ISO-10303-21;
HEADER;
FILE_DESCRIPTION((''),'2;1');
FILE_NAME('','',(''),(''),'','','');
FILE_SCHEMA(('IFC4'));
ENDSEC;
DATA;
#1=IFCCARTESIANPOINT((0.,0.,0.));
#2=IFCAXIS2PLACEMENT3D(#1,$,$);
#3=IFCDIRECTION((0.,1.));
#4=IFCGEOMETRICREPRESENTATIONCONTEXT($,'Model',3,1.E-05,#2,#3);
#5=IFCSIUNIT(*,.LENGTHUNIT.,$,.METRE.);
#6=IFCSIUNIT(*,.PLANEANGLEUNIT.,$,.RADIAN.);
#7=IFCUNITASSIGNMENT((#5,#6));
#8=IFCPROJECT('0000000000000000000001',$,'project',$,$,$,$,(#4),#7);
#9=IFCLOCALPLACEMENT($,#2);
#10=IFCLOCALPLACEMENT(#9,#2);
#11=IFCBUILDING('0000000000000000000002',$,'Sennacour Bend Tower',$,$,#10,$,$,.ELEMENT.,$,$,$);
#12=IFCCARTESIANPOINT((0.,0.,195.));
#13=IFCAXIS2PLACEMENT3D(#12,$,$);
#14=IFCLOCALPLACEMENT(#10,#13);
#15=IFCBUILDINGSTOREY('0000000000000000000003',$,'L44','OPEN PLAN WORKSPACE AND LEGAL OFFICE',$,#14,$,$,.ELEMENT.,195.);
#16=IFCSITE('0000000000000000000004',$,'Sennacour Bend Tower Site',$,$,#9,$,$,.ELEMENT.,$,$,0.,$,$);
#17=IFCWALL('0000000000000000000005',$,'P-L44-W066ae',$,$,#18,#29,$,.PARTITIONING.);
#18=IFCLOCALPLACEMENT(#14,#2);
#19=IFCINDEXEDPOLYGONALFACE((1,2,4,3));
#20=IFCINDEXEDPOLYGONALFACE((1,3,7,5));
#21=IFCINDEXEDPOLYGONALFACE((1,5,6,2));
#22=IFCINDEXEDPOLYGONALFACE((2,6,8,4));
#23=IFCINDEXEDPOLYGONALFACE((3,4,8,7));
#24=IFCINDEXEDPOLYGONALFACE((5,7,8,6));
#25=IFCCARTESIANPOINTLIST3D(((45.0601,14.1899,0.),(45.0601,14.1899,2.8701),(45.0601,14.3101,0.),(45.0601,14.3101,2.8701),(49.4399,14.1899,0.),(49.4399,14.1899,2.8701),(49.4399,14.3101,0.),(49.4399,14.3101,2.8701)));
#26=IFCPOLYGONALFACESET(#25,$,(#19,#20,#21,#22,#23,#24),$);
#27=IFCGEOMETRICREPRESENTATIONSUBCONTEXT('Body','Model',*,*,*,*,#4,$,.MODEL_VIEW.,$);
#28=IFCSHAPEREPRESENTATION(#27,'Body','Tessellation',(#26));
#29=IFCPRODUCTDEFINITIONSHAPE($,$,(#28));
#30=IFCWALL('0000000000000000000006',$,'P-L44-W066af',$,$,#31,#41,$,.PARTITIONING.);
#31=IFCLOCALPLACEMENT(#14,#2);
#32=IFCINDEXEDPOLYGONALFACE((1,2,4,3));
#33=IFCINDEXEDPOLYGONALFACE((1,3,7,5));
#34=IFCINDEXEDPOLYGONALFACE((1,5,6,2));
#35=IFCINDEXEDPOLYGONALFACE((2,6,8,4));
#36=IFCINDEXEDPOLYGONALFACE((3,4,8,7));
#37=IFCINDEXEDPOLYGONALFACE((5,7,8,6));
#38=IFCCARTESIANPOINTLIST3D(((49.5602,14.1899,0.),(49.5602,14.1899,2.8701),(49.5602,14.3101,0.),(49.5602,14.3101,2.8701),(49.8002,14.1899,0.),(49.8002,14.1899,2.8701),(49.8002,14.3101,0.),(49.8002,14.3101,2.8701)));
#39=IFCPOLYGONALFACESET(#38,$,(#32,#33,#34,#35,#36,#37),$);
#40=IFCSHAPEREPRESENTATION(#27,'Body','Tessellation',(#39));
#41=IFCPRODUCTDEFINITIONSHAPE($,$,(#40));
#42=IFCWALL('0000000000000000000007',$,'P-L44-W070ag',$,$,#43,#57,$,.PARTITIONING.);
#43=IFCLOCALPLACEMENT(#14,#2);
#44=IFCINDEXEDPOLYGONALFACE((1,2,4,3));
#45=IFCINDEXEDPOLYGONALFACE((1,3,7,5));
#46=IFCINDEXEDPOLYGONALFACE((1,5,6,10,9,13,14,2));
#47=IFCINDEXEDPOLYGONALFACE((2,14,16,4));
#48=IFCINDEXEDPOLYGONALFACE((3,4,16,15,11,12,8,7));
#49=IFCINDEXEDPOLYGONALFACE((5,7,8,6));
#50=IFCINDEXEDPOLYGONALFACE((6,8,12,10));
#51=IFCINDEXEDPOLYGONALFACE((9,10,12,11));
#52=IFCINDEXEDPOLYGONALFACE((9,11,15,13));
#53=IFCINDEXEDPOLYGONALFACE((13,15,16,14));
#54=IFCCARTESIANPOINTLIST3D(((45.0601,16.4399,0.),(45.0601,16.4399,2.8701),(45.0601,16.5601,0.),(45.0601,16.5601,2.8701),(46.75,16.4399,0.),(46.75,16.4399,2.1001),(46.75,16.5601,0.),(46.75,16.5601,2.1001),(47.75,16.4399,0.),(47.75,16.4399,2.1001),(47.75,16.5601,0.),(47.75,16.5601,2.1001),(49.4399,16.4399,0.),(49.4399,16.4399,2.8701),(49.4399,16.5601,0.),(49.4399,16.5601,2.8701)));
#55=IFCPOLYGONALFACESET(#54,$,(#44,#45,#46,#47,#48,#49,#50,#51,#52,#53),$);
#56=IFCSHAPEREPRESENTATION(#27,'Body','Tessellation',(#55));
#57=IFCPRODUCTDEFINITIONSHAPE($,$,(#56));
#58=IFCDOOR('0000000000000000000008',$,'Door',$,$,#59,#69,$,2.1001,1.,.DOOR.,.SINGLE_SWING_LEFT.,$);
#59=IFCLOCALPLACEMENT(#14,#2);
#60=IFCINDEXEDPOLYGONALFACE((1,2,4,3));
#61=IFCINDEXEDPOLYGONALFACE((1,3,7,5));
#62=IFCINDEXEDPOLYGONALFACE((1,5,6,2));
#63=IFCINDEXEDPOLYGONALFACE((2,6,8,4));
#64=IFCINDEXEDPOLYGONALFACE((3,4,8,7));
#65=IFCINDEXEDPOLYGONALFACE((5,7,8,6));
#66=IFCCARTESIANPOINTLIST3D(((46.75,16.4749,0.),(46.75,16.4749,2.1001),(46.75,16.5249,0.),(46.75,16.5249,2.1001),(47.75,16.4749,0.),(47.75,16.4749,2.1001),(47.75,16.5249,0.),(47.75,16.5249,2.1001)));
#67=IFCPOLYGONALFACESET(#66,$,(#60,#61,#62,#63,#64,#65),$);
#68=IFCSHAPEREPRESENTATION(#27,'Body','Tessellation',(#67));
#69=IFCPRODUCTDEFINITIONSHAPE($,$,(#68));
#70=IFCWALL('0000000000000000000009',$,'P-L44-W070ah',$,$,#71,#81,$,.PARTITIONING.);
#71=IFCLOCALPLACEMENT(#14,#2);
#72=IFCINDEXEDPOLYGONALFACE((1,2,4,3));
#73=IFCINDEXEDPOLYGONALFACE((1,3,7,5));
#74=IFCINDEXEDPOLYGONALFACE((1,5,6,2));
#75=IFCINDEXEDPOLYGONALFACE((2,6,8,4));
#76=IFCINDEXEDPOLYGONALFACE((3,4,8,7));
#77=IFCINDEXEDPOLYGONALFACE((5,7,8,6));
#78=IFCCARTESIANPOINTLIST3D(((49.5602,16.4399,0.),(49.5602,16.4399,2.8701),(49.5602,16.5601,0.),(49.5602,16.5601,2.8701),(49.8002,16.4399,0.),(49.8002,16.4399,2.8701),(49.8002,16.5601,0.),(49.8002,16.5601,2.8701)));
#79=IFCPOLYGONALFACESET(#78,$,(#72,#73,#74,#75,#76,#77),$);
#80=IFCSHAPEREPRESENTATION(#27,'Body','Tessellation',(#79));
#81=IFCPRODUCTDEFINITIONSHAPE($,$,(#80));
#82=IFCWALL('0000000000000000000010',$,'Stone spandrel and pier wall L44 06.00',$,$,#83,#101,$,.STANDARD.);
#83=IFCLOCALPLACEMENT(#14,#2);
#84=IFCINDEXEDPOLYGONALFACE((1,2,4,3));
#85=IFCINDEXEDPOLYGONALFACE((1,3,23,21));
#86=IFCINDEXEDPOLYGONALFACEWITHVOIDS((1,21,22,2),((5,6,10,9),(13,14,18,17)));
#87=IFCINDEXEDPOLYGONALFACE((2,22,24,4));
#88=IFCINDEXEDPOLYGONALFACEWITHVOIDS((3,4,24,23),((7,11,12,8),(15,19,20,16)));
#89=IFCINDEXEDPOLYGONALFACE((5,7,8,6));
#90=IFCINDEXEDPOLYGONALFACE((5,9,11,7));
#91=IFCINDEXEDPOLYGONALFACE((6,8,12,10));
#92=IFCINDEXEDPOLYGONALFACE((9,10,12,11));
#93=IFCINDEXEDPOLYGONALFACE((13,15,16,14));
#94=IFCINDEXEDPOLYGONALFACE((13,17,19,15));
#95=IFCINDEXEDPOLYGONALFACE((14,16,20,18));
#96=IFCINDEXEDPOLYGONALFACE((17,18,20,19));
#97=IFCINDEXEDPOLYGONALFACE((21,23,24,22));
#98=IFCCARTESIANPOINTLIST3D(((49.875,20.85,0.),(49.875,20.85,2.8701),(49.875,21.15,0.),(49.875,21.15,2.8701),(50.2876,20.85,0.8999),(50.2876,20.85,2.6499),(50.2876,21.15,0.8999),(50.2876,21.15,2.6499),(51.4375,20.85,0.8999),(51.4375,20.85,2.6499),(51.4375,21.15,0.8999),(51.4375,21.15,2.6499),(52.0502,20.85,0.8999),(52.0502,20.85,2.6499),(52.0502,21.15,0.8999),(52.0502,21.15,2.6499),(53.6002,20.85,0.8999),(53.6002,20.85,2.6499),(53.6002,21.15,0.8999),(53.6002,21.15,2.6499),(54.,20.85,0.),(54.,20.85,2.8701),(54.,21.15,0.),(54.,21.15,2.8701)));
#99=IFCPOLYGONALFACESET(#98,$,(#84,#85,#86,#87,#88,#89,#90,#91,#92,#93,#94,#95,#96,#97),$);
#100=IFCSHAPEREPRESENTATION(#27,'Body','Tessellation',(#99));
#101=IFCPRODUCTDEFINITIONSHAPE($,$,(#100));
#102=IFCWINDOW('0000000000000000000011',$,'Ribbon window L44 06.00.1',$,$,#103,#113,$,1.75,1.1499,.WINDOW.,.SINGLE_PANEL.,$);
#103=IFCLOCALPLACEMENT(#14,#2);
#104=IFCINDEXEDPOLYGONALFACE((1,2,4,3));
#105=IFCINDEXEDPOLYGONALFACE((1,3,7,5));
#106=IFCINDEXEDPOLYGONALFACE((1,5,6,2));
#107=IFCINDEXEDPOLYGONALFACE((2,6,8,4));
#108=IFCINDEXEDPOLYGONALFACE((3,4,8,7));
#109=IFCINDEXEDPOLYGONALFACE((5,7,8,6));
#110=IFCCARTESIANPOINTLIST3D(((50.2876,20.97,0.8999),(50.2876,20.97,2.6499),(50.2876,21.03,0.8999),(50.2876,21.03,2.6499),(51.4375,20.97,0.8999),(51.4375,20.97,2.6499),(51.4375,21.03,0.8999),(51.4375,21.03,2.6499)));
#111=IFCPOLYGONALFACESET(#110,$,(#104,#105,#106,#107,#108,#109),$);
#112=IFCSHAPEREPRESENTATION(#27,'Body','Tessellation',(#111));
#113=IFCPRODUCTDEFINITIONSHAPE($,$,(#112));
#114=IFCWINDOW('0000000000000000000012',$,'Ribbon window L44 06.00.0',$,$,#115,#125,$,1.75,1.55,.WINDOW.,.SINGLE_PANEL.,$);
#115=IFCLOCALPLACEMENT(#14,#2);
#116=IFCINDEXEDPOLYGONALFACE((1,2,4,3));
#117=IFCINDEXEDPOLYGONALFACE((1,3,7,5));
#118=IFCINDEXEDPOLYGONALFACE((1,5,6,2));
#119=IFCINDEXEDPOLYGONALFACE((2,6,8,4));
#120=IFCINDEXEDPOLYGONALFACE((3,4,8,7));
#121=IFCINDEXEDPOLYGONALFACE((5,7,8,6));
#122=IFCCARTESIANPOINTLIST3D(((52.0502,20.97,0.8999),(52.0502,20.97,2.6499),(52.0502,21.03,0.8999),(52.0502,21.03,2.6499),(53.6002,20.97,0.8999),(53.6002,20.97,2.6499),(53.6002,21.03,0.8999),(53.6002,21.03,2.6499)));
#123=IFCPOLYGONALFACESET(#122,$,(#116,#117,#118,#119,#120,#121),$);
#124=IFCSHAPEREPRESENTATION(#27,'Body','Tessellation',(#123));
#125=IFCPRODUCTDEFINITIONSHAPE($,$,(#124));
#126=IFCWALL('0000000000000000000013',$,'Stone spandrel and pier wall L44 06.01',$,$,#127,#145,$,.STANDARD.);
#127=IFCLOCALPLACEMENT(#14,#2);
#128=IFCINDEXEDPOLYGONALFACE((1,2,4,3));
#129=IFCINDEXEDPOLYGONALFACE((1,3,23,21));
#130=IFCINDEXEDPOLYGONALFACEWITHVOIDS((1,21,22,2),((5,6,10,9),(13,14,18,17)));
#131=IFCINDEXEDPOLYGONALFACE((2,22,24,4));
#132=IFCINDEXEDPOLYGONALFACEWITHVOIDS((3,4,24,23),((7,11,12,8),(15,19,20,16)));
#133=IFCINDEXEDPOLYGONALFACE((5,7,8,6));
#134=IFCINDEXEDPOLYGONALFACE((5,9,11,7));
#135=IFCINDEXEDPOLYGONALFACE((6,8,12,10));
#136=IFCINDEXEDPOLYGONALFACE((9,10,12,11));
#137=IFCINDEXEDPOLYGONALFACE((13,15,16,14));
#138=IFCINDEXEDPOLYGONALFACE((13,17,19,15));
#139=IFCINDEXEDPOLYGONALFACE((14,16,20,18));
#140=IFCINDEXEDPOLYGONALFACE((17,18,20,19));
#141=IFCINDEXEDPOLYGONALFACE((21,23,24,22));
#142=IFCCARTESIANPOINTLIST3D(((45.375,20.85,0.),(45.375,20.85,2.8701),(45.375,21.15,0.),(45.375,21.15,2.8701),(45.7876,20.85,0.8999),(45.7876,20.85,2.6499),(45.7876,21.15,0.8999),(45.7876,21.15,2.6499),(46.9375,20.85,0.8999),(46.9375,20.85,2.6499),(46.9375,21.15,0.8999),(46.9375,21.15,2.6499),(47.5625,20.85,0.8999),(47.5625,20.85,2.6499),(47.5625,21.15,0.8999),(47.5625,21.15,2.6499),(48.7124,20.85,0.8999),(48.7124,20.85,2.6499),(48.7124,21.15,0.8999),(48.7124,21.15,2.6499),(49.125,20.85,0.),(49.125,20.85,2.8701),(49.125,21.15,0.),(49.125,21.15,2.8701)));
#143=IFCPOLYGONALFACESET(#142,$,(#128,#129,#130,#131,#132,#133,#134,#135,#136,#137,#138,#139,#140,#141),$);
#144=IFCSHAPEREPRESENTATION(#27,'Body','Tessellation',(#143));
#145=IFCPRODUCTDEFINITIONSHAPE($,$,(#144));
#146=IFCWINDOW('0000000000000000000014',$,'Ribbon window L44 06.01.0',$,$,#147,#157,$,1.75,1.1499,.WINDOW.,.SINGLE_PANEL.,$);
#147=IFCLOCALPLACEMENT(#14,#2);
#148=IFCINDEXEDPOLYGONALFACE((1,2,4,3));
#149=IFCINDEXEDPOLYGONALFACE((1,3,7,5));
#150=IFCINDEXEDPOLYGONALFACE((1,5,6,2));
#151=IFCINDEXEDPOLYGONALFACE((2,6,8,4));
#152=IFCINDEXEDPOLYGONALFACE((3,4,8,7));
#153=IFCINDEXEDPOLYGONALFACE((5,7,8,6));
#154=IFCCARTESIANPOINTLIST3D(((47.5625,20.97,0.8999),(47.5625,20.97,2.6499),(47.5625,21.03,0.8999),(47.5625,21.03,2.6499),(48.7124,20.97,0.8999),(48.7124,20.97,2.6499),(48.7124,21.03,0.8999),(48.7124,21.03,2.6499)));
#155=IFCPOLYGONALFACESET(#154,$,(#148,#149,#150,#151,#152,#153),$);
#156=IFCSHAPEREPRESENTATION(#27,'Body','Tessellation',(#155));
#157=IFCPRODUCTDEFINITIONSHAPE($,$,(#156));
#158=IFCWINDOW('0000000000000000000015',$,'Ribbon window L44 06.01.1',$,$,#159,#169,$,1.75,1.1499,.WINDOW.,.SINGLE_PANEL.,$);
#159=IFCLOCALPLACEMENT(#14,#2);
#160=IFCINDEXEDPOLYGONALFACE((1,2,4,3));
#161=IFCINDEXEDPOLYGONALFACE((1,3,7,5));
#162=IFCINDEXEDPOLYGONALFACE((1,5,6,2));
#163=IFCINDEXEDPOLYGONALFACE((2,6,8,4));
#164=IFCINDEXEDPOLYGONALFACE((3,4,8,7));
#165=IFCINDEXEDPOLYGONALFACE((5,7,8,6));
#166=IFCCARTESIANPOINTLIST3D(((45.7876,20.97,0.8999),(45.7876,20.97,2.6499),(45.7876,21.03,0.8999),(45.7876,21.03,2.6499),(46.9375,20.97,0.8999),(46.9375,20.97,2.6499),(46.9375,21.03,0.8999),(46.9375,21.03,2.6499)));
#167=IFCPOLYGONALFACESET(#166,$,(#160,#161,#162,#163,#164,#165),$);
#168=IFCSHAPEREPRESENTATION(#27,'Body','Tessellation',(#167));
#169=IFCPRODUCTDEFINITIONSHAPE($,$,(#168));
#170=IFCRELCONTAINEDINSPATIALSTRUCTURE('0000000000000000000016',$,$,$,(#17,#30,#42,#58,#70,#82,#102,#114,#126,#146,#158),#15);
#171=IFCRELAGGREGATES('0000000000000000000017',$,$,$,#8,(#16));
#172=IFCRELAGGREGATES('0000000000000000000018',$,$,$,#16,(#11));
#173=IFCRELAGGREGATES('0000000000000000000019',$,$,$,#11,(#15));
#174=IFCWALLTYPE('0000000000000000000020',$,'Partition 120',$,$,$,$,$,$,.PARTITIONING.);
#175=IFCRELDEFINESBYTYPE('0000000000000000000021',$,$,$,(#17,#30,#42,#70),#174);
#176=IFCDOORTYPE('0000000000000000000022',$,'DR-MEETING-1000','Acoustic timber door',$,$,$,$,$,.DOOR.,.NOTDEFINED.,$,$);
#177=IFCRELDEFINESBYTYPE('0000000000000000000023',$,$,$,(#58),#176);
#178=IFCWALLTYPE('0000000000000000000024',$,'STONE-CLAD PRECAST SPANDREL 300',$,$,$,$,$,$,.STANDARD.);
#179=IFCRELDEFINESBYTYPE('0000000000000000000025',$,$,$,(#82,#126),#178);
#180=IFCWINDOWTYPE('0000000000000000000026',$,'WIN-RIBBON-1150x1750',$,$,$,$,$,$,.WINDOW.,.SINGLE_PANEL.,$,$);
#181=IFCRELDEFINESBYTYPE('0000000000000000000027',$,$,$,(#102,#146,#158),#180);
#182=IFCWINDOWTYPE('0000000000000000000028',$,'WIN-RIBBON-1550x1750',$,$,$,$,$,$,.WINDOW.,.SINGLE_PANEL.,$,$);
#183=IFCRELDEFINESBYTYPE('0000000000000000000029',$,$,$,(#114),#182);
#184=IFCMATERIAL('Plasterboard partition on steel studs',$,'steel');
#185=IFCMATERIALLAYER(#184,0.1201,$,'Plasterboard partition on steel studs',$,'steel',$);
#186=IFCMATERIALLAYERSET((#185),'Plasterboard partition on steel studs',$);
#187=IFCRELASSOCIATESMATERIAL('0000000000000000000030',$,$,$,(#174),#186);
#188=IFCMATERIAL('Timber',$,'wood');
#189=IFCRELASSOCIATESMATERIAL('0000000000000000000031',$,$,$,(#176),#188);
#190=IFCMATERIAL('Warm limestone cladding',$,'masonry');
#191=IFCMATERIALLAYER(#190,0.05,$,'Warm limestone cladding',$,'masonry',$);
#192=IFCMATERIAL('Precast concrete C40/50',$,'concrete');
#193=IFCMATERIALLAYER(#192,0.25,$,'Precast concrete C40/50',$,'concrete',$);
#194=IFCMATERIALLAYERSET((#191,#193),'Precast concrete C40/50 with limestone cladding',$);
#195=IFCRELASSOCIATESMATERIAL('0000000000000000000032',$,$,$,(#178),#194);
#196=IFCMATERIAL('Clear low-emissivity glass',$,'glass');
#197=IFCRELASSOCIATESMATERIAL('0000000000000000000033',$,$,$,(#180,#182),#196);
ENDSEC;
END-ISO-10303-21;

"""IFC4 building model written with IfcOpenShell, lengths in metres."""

from ifc_helpers import new_model, si_unit, direction, frame, frame_2d, origin, place, context, subcontext, project, spatial, rectangle, extrude, material, layer, layer_set, type_object, element, fill, save


model = new_model("IFC4")

# Units and contexts
model_context = context("Model", 3, precision=1e-05, world=origin(), true_north=direction((0.0, 1.0)))
body_context = subcontext(model_context, "Body", "Model", "MODEL_VIEW")
ifc_project = project(units=[si_unit("LENGTHUNIT", "METRE"), si_unit("PLANEANGLEUNIT", "RADIAN")], contexts=[model_context])

# Site, building, storey
site_placement = place(None, origin())
site = spatial("IfcSite", under=ifc_project, at=site_placement, Name="Sennacour Bend Tower Site", CompositionType="ELEMENT", RefElevation=0.0)
building_placement = place(site_placement, origin())
building = spatial("IfcBuilding", under=site, at=building_placement, Name="Sennacour Bend Tower", CompositionType="ELEMENT")
storey_placement = place(building_placement, frame((0.0, 0.0, 195.0)))
storey = spatial("IfcBuildingStorey", under=building, at=storey_placement, Name="L44", Description="OPEN PLAN WORKSPACE AND LEGAL OFFICE", CompositionType="ELEMENT", Elevation=195.0)

# Walls
ifc_material_1 = material(Name="Plasterboard partition on steel studs", Category="steel")
ifc_layer_1 = layer(ifc_material_1, 0.1201, Name="Plasterboard partition on steel studs", Category="steel")
ifc_layer_set_1 = layer_set([ifc_layer_1], Name="Plasterboard partition on steel studs")
wall_type_1 = type_object("IfcWallType", Name="Partition 120", PredefinedType="PARTITIONING", material=ifc_layer_set_1)
wall_1_placement = place(storey_placement, frame((45.0601, 14.25, 0.0), z_axis=(0.0, 0.0, 1.0), x_axis=(1.0, 0.0, 0.0)))
element("IfcWall", 1, at=wall_1_placement, inside=storey, type_object=wall_type_1, Name="P-L44-W066ae", PredefinedType="PARTITIONING", context=body_context, shape_type="SweptSolid", body=[
    extrude(rectangle(XDim=4.3799, YDim=0.1201, at=frame_2d((2.1899, 0.0))), origin(), (0.0, 0.0, 1.0), 2.8701),
])
wall_2_placement = place(storey_placement, frame((49.5601, 14.25, 0.0), z_axis=(0.0, 0.0, 1.0), x_axis=(1.0, 0.0, 0.0)))
element("IfcWall", 2, at=wall_2_placement, inside=storey, type_object=wall_type_1, Name="P-L44-W066af", PredefinedType="PARTITIONING", context=body_context, shape_type="SweptSolid", body=[
    extrude(rectangle(XDim=0.24, YDim=0.1201, at=frame_2d((0.1201, 0.0))), origin(), (0.0, 0.0, 1.0), 2.8701),
])

# Wall, opening, door
wall_3_placement = place(storey_placement, frame((45.0601, 16.5, 0.0), z_axis=(0.0, 0.0, 1.0), x_axis=(1.0, 0.0, 0.0)))
wall_3 = element("IfcWall", 3, at=wall_3_placement, inside=storey, type_object=wall_type_1, Name="P-L44-W070ag", PredefinedType="PARTITIONING", context=body_context, shape_type="SweptSolid", body=[
    extrude(rectangle(XDim=4.3799, YDim=0.1201, at=frame_2d((2.1899, 0.0))), origin(), (0.0, 0.0, 1.0), 2.8701),
])
opening_1_placement = place(wall_3_placement, frame((1.6899, 0.0, 0.0)))
opening_1 = element("IfcOpeningElement", 4, at=opening_1_placement, cuts=wall_3, PredefinedType="OPENING", context=body_context, shape_type="SweptSolid", body=[
    extrude(rectangle(XDim=1.0, YDim=2.1001, at=frame_2d((0.5, 1.05))), frame((0.0, 0.0701, 0.0), z_axis=(0.0, -1.0, 0.0), x_axis=(1.0, 0.0, 0.0)), (0.0, 0.0, 1.0), 0.1401),
])
ifc_material_2 = material(Name="Timber", Category="wood")
door_type_1 = type_object("IfcDoorType", Name="DR-MEETING-1000", Description="Acoustic timber door", OperationType="NOTDEFINED", PredefinedType="DOOR", material=ifc_material_2)
door_1_placement = place(opening_1_placement, origin())
door_1 = element("IfcDoor", 5, at=door_1_placement, inside=storey, type_object=door_type_1, Name="Door", OperationType="SINGLE_SWING_LEFT", OverallHeight=2.1001, OverallWidth=1.0, PredefinedType="DOOR", context=body_context, shape_type="SweptSolid", body=[
    extrude(rectangle(XDim=1.0, YDim=2.1001, at=frame_2d((0.5, 1.05))), frame((0.0, 0.0249, 0.0), z_axis=(0.0, -1.0, 0.0), x_axis=(1.0, 0.0, 0.0)), (0.0, 0.0, 1.0), 0.05),
])
fill(opening_1, door_1)

# Wall
wall_4_placement = place(storey_placement, frame((49.5601, 16.5, 0.0), z_axis=(0.0, 0.0, 1.0), x_axis=(1.0, 0.0, 0.0)))
element("IfcWall", 6, at=wall_4_placement, inside=storey, type_object=wall_type_1, Name="P-L44-W070ah", PredefinedType="PARTITIONING", context=body_context, shape_type="SweptSolid", body=[
    extrude(rectangle(XDim=0.24, YDim=0.1201, at=frame_2d((0.1201, 0.0))), origin(), (0.0, 0.0, 1.0), 2.8701),
])

# Walls, openings, windows
ifc_material_3 = material(Name="Warm limestone cladding", Category="masonry")
ifc_layer_2 = layer(ifc_material_3, 0.05, Name="Warm limestone cladding", Category="masonry")
ifc_material_4 = material(Name="Precast concrete C40/50", Category="concrete")
ifc_layer_3 = layer(ifc_material_4, 0.25, Name="Precast concrete C40/50", Category="concrete")
ifc_layer_set_2 = layer_set([ifc_layer_2, ifc_layer_3], Name="Precast concrete C40/50 with limestone cladding")
wall_type_2 = type_object("IfcWallType", Name="STONE-CLAD PRECAST SPANDREL 300", PredefinedType="STANDARD", material=ifc_layer_set_2)
wall_5_placement = place(storey_placement, frame((54.0, 21.0, 0.0), z_axis=(0.0, 0.0, 1.0), x_axis=(-1.0, 0.0, 0.0)))
wall_5 = element("IfcWall", 7, at=wall_5_placement, inside=storey, type_object=wall_type_2, Name="Stone spandrel and pier wall L44 06.00", PredefinedType="STANDARD", context=body_context, shape_type="SweptSolid", body=[
    extrude(rectangle(XDim=4.125, YDim=0.3, at=frame_2d((2.0625, 0.0))), origin(), (0.0, 0.0, 1.0), 2.8701),
])
opening_2_placement = place(wall_5_placement, frame((0.3999, 0.0, 0.8999)))
opening_2 = element("IfcOpeningElement", 8, at=opening_2_placement, cuts=wall_5, PredefinedType="OPENING", context=body_context, shape_type="SweptSolid", body=[
    extrude(rectangle(XDim=1.55, YDim=1.75, at=frame_2d((0.7749, 0.875))), frame((0.0, 0.1602, 0.0), z_axis=(0.0, -1.0, 0.0), x_axis=(1.0, 0.0, 0.0)), (0.0, 0.0, 1.0), 0.3201),
])
opening_3_placement = place(wall_5_placement, frame((2.5625, 0.0, 0.8999)))
opening_3 = element("IfcOpeningElement", 9, at=opening_3_placement, cuts=wall_5, PredefinedType="OPENING", context=body_context, shape_type="SweptSolid", body=[
    extrude(rectangle(XDim=1.1499, YDim=1.75, at=frame_2d((0.575, 0.875))), frame((0.0, 0.1602, 0.0), z_axis=(0.0, -1.0, 0.0), x_axis=(1.0, 0.0, 0.0)), (0.0, 0.0, 1.0), 0.3201),
])
ifc_material_5 = material(Name="Clear low-emissivity glass", Category="glass")
window_type_1 = type_object("IfcWindowType", Name="WIN-RIBBON-1150x1750", PartitioningType="SINGLE_PANEL", PredefinedType="WINDOW", material=ifc_material_5)
window_1_placement = place(opening_3_placement, origin())
window_1 = element("IfcWindow", 10, at=window_1_placement, inside=storey, type_object=window_type_1, Name="Ribbon window L44 06.00.1", OverallHeight=1.75, OverallWidth=1.1499, PartitioningType="SINGLE_PANEL", PredefinedType="WINDOW", context=body_context, shape_type="SweptSolid", body=[
    extrude(rectangle(XDim=1.1499, YDim=1.75, at=frame_2d((0.575, 0.875))), frame((0.0, 0.03, 0.0), z_axis=(0.0, -1.0, 0.0), x_axis=(1.0, 0.0, 0.0)), (0.0, 0.0, 1.0), 0.0601),
])
fill(opening_3, window_1)
window_type_2 = type_object("IfcWindowType", Name="WIN-RIBBON-1550x1750", PartitioningType="SINGLE_PANEL", PredefinedType="WINDOW", material=ifc_material_5)
window_2_placement = place(opening_2_placement, origin())
window_2 = element("IfcWindow", 11, at=window_2_placement, inside=storey, type_object=window_type_2, Name="Ribbon window L44 06.00.0", OverallHeight=1.75, OverallWidth=1.55, PartitioningType="SINGLE_PANEL", PredefinedType="WINDOW", context=body_context, shape_type="SweptSolid", body=[
    extrude(rectangle(XDim=1.55, YDim=1.75, at=frame_2d((0.7749, 0.875))), frame((0.0, 0.03, 0.0), z_axis=(0.0, -1.0, 0.0), x_axis=(1.0, 0.0, 0.0)), (0.0, 0.0, 1.0), 0.0601),
])
fill(opening_2, window_2)
wall_6_placement = place(storey_placement, frame((49.125, 21.0, 0.0), z_axis=(0.0, 0.0, 1.0), x_axis=(-1.0, 0.0, 0.0)))
wall_6 = element("IfcWall", 12, at=wall_6_placement, inside=storey, type_object=wall_type_2, Name="Stone spandrel and pier wall L44 06.01", PredefinedType="STANDARD", context=body_context, shape_type="SweptSolid", body=[
    extrude(rectangle(XDim=3.75, YDim=0.3, at=frame_2d((1.875, 0.0))), origin(), (0.0, 0.0, 1.0), 2.8701),
])
opening_4_placement = place(wall_6_placement, frame((0.4126, 0.0, 0.8999)))
opening_4 = element("IfcOpeningElement", 13, at=opening_4_placement, cuts=wall_6, PredefinedType="OPENING", context=body_context, shape_type="SweptSolid", body=[
    extrude(rectangle(XDim=1.1499, YDim=1.75, at=frame_2d((0.575, 0.875))), frame((0.0, 0.1602, 0.0), z_axis=(0.0, -1.0, 0.0), x_axis=(1.0, 0.0, 0.0)), (0.0, 0.0, 1.0), 0.3201),
])
opening_5_placement = place(wall_6_placement, frame((2.1875, 0.0, 0.8999)))
opening_5 = element("IfcOpeningElement", 14, at=opening_5_placement, cuts=wall_6, PredefinedType="OPENING", context=body_context, shape_type="SweptSolid", body=[
    extrude(rectangle(XDim=1.1499, YDim=1.75, at=frame_2d((0.575, 0.875))), frame((0.0, 0.1602, 0.0), z_axis=(0.0, -1.0, 0.0), x_axis=(1.0, 0.0, 0.0)), (0.0, 0.0, 1.0), 0.3201),
])
window_3_placement = place(opening_4_placement, origin())
window_3 = element("IfcWindow", 15, at=window_3_placement, inside=storey, type_object=window_type_1, Name="Ribbon window L44 06.01.0", OverallHeight=1.75, OverallWidth=1.1499, PartitioningType="SINGLE_PANEL", PredefinedType="WINDOW", context=body_context, shape_type="SweptSolid", body=[
    extrude(rectangle(XDim=1.1499, YDim=1.75, at=frame_2d((0.575, 0.875))), frame((0.0, 0.03, 0.0), z_axis=(0.0, -1.0, 0.0), x_axis=(1.0, 0.0, 0.0)), (0.0, 0.0, 1.0), 0.0601),
])
fill(opening_4, window_3)
window_4_placement = place(opening_5_placement, origin())
window_4 = element("IfcWindow", 16, at=window_4_placement, inside=storey, type_object=window_type_1, Name="Ribbon window L44 06.01.1", OverallHeight=1.75, OverallWidth=1.1499, PartitioningType="SINGLE_PANEL", PredefinedType="WINDOW", context=body_context, shape_type="SweptSolid", body=[
    extrude(rectangle(XDim=1.1499, YDim=1.75, at=frame_2d((0.575, 0.875))), frame((0.0, 0.03, 0.0), z_axis=(0.0, -1.0, 0.0), x_axis=(1.0, 0.0, 0.0)), (0.0, 0.0, 1.0), 0.0601),
])
fill(opening_5, window_4)

save(model, "model.ifc")
